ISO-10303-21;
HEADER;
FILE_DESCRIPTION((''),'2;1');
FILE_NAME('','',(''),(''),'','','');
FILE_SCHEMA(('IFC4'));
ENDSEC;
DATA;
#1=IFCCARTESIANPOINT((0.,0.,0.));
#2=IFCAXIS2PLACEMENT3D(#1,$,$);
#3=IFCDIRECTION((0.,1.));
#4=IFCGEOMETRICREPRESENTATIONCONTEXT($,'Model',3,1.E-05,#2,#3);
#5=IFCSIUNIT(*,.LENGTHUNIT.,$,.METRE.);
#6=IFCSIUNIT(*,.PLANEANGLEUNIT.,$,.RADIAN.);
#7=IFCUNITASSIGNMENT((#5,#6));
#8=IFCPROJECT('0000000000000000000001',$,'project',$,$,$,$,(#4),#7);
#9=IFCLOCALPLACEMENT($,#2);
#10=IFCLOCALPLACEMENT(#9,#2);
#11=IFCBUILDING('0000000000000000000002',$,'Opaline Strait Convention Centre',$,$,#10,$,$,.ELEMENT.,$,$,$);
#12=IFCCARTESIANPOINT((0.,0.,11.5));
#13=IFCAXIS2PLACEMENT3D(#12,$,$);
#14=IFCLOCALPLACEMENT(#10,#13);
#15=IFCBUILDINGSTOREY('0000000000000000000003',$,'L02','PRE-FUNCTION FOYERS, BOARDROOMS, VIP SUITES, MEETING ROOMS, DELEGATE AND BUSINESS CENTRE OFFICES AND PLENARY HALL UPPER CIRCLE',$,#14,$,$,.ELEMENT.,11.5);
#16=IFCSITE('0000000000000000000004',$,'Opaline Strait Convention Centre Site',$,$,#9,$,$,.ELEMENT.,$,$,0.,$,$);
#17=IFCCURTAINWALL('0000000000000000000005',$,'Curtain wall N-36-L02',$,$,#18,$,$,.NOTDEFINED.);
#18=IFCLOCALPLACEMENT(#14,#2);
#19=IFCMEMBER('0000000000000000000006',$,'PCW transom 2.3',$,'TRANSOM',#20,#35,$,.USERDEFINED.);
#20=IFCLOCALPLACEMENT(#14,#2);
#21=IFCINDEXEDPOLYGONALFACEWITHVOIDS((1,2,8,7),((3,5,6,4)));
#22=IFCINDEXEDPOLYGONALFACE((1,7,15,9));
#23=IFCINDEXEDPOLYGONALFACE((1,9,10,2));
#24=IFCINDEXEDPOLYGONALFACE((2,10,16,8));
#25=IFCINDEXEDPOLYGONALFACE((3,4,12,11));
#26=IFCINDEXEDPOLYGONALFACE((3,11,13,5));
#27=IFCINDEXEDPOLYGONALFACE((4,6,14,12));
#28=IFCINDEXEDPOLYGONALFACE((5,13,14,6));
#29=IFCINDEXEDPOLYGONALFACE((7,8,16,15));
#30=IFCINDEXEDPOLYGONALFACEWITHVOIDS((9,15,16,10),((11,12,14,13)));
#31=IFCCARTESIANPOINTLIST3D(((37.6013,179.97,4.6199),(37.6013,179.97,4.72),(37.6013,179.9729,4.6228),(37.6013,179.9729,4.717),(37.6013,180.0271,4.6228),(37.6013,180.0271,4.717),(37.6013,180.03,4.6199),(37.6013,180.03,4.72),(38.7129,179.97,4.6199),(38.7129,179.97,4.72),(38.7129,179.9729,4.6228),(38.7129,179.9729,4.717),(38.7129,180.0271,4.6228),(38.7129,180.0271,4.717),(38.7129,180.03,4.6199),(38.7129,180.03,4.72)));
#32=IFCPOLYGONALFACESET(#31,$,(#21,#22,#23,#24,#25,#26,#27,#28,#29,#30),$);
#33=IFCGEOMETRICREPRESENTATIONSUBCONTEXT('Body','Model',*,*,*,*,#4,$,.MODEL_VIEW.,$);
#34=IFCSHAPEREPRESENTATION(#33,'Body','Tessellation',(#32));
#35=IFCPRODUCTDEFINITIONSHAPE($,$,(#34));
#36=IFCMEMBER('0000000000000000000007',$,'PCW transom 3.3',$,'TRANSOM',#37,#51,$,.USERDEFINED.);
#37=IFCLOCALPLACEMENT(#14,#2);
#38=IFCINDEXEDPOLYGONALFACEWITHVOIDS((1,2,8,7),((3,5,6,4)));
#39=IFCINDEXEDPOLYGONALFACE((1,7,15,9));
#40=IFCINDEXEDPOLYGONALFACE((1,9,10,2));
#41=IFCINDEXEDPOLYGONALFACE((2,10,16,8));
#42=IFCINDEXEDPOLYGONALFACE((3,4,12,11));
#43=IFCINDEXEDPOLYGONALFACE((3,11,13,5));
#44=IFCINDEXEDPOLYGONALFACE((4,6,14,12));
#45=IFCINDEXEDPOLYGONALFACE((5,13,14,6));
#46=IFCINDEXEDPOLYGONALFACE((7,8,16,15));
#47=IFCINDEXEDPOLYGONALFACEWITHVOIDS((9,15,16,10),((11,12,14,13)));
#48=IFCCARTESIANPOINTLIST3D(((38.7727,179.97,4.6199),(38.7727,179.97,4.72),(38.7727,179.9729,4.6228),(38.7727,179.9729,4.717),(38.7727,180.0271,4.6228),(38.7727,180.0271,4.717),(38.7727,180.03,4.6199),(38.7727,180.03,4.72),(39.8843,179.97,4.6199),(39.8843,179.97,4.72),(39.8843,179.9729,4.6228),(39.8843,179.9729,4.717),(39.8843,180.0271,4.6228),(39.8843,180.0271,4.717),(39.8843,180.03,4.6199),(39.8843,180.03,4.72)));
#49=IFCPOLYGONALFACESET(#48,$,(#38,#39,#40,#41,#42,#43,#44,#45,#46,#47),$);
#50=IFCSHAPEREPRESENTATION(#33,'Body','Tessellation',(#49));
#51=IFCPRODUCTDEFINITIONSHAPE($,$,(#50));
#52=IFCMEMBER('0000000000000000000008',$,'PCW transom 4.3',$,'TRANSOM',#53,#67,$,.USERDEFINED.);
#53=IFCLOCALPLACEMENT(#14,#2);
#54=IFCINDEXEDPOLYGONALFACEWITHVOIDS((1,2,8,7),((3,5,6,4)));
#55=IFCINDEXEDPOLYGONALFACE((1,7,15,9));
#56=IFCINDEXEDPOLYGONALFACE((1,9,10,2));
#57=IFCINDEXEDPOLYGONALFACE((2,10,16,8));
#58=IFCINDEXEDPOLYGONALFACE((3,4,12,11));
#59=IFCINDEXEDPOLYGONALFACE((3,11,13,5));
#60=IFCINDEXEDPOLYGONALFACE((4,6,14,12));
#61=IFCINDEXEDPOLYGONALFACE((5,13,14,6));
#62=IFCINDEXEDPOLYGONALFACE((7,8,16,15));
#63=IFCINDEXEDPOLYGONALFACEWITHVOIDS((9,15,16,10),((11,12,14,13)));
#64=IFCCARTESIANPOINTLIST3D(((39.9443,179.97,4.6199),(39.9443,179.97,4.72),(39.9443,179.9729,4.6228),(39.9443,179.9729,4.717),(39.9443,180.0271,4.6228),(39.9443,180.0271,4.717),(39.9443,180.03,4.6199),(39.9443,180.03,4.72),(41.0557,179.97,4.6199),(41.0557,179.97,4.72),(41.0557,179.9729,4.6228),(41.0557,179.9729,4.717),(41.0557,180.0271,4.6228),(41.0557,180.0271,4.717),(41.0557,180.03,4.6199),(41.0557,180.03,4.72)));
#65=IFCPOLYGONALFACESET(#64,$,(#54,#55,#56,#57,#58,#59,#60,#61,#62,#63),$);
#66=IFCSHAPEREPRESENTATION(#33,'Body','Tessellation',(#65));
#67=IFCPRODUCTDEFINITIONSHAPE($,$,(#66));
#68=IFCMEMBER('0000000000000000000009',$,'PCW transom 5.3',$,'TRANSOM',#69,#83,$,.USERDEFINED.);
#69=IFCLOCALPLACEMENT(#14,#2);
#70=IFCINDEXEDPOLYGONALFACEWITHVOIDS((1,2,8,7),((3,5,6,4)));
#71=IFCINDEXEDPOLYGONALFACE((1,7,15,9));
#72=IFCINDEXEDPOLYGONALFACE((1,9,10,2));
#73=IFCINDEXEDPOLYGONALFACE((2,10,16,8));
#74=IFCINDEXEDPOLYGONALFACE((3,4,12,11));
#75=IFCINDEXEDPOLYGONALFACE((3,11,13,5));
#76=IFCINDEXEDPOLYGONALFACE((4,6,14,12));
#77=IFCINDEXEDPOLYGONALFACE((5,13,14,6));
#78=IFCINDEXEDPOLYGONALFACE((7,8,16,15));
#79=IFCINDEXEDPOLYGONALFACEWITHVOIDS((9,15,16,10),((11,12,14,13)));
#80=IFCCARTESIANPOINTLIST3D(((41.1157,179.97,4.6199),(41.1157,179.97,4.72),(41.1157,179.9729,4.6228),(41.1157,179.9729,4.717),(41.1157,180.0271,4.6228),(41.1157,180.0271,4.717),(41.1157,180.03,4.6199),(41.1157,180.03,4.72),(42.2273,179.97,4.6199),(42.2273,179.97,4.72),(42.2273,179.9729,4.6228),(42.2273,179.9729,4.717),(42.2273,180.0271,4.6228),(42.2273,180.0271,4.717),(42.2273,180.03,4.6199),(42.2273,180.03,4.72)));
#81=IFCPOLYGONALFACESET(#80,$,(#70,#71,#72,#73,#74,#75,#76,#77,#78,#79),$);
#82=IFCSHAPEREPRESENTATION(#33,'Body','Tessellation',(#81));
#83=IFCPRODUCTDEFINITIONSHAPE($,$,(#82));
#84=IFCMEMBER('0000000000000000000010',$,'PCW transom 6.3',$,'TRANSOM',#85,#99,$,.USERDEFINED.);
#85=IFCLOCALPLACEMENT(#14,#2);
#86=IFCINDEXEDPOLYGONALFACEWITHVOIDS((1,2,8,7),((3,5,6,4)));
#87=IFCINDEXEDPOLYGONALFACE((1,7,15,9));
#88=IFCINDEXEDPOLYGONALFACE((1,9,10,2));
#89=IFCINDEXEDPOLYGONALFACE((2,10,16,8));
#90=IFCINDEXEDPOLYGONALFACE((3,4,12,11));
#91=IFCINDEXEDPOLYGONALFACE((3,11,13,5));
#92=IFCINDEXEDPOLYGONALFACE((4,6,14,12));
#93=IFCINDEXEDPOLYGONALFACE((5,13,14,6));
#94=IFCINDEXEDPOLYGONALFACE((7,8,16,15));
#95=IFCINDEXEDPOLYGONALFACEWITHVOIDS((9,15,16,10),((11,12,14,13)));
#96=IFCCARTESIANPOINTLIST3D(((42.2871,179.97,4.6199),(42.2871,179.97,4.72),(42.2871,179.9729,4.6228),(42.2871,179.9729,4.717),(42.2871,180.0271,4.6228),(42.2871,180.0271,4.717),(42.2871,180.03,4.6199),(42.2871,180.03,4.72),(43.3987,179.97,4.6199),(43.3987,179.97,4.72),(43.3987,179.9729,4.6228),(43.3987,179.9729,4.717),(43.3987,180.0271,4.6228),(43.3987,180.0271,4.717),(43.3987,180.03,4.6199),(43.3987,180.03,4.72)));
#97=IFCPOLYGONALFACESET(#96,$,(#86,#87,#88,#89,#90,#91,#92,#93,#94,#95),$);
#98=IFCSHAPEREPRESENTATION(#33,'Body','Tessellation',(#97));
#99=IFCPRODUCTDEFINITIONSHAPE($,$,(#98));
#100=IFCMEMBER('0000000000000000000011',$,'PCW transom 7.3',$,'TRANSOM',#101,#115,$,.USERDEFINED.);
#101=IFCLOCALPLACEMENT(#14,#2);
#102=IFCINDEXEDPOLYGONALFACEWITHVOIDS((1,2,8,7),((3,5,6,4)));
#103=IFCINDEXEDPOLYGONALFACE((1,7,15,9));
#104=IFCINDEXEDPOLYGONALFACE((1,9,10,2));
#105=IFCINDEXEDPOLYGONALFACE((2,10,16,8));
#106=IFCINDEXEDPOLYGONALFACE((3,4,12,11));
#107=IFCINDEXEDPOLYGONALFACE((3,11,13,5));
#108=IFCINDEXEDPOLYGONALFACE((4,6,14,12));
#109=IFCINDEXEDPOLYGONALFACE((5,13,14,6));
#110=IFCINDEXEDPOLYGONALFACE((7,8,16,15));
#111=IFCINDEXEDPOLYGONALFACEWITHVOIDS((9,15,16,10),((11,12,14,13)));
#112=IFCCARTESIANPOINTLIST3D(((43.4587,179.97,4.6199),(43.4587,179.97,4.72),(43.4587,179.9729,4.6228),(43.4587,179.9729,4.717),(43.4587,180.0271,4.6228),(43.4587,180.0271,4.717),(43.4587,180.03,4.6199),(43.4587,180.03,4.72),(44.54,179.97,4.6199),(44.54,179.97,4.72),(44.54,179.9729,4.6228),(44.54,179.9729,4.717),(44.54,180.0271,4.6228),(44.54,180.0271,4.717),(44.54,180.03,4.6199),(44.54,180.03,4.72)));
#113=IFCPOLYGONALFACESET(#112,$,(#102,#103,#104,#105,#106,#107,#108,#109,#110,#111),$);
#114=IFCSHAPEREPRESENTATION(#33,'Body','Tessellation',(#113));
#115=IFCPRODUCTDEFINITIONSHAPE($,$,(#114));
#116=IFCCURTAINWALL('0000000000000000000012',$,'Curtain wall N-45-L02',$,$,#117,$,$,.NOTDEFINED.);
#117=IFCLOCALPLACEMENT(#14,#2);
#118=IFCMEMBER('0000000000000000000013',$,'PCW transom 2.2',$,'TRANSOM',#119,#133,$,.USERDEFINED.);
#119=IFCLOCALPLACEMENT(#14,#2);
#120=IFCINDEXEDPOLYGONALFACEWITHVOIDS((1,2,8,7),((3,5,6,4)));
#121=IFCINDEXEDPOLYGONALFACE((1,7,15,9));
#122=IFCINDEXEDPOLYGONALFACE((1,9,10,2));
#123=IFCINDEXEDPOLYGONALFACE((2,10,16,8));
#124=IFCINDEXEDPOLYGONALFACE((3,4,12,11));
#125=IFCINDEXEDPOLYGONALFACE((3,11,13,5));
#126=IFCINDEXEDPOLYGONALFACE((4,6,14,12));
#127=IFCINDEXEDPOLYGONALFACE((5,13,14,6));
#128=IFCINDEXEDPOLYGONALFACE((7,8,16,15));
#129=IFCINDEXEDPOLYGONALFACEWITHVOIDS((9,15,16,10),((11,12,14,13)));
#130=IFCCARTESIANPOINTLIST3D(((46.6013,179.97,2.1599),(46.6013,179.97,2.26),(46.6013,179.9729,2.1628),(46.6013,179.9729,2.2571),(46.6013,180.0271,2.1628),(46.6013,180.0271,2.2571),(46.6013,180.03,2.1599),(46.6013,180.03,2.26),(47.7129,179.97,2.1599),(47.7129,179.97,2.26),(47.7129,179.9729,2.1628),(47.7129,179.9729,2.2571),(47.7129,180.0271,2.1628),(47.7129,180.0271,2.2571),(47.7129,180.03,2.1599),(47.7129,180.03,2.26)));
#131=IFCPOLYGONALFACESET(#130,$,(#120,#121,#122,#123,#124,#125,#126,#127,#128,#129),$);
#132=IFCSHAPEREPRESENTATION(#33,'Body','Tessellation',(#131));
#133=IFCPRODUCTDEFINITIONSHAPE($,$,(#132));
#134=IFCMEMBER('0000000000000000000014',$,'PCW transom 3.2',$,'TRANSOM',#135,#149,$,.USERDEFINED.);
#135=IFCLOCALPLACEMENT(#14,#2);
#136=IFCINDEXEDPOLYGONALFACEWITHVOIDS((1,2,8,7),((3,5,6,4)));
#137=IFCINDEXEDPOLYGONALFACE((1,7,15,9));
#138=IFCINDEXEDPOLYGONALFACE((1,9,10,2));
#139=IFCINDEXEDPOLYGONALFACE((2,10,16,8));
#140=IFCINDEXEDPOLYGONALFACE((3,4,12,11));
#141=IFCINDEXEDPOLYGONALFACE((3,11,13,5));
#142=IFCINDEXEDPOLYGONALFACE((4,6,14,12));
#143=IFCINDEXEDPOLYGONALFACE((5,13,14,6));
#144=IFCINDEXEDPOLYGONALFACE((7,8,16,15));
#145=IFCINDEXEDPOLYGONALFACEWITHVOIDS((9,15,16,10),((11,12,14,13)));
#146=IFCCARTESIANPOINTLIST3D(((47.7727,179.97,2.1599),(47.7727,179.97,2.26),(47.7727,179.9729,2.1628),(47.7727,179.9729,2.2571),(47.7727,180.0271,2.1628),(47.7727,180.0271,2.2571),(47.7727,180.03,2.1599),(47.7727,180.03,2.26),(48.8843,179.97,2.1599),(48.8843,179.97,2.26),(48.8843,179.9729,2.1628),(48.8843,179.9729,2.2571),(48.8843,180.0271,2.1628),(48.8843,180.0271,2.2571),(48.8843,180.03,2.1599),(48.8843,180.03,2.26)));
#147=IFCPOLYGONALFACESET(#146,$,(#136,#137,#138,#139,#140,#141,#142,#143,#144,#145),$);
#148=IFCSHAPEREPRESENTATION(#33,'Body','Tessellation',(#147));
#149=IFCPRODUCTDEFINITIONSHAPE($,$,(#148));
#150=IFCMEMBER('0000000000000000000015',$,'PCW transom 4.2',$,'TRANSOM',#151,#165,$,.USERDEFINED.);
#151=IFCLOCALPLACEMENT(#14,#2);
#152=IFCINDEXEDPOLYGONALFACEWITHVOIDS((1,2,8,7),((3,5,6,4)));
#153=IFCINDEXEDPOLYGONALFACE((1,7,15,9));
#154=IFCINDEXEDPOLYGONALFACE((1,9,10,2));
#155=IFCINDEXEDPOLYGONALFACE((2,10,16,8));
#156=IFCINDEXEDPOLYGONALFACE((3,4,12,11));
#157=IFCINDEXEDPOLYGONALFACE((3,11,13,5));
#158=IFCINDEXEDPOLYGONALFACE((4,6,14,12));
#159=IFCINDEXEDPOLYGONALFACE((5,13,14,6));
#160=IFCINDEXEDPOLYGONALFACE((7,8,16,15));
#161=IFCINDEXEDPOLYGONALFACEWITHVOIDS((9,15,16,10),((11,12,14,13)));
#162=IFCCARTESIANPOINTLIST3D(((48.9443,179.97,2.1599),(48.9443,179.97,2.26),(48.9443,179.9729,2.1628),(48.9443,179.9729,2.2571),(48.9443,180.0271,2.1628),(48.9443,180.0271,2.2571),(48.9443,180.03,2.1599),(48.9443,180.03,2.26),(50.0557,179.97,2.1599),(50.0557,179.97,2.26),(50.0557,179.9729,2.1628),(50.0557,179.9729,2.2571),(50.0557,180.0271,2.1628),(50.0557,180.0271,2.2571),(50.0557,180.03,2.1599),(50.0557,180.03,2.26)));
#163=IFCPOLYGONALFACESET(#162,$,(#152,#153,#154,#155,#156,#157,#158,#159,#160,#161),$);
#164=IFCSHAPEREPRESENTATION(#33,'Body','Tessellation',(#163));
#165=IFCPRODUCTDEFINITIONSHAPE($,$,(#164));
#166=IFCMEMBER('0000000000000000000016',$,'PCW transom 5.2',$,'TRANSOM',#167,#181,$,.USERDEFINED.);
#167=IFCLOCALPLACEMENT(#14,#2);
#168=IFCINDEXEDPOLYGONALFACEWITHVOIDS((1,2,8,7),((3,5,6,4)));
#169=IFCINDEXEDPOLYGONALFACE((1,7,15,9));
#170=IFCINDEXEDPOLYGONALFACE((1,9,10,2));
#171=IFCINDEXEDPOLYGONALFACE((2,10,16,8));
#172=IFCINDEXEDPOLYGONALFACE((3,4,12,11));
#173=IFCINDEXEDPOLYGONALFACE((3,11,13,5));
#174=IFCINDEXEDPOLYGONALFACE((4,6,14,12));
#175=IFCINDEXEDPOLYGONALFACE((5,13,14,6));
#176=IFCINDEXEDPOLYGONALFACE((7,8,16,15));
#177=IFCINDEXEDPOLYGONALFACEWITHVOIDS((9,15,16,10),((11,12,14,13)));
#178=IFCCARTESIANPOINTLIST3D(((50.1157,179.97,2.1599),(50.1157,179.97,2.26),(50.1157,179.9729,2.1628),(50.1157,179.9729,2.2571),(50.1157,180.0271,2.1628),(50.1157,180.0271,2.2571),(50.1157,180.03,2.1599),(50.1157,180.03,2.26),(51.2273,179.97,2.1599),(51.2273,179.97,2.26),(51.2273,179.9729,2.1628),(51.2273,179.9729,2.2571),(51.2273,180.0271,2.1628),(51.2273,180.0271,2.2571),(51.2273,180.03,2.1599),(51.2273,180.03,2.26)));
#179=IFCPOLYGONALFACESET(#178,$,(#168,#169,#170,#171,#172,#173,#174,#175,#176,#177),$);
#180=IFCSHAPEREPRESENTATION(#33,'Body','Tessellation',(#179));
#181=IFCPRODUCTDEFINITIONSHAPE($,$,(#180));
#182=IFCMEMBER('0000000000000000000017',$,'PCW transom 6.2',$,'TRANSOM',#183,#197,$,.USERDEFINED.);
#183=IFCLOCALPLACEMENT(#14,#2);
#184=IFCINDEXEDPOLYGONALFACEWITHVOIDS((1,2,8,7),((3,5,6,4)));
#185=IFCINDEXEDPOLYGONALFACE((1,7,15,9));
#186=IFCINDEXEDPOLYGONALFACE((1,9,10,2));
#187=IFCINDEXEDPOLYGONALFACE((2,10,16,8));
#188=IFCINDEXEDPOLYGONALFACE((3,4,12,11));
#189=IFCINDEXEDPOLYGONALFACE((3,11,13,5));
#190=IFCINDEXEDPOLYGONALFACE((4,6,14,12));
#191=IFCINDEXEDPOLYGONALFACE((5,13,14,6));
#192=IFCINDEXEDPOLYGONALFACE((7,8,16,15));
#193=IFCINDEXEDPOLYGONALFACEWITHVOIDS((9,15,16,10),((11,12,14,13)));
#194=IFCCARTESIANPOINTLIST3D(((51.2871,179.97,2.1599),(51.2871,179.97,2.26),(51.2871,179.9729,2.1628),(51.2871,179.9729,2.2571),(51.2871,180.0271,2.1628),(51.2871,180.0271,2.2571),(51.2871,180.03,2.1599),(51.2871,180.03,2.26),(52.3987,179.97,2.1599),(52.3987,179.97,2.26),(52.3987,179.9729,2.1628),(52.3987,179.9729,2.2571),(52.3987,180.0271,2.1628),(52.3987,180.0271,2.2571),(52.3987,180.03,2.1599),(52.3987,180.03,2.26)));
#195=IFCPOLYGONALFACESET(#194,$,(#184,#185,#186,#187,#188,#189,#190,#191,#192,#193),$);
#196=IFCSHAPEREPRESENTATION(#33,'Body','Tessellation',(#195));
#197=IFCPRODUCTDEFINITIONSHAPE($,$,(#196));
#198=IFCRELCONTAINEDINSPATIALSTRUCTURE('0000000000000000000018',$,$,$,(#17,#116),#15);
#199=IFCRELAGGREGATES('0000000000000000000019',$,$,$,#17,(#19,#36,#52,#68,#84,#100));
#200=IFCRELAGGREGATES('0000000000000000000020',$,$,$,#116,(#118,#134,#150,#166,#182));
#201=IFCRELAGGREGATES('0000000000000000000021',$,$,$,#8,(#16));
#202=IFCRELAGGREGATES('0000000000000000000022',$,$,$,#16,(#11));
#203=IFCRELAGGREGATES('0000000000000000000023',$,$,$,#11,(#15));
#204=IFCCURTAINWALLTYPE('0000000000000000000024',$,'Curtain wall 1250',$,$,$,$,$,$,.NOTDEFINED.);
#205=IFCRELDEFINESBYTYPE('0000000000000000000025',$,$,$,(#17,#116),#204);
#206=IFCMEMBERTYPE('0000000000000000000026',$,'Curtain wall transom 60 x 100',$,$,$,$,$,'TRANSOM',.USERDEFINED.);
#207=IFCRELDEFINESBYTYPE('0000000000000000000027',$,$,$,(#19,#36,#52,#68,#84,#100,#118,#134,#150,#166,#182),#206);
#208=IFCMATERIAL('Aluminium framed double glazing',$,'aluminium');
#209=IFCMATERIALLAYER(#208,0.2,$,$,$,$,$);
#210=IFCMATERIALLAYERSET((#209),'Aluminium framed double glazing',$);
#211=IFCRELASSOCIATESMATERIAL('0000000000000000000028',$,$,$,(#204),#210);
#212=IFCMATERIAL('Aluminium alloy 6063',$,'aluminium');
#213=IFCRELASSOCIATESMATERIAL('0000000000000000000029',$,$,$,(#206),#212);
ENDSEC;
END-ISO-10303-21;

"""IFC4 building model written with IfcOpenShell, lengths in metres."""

from ifc_helpers import new_model, si_unit, direction, frame, origin, origin_2d, place, context, subcontext, project, spatial, hollow_rectangle, extrude, material, layer, layer_set, material_profile, profile_set, type_object, element, aggregate, save


model = new_model("IFC4")

# Units and contexts
model_context = context("Model", 3, precision=1e-05, world=origin(), true_north=direction((0.0, 1.0)))
body_context = subcontext(model_context, "Body", "Model", "MODEL_VIEW")
ifc_project = project(units=[si_unit("LENGTHUNIT", "METRE"), si_unit("PLANEANGLEUNIT", "RADIAN")], contexts=[model_context])

# Site, building, storey
site_placement = place(None, origin())
site = spatial("IfcSite", under=ifc_project, at=site_placement, Name="Opaline Strait Convention Centre Site", CompositionType="ELEMENT", RefElevation=0.0)
building_placement = place(site_placement, origin())
building = spatial("IfcBuilding", under=site, at=building_placement, Name="Opaline Strait Convention Centre", CompositionType="ELEMENT")
storey_placement = place(building_placement, frame((0.0, 0.0, 11.5)))
storey = spatial("IfcBuildingStorey", under=building, at=storey_placement, Name="L02", Description="PRE-FUNCTION FOYERS, BOARDROOMS, VIP SUITES, MEETING ROOMS, DELEGATE AND BUSINESS CENTRE OFFICES AND PLENARY HALL UPPER CIRCLE", CompositionType="ELEMENT", Elevation=11.5)

# Curtain walls, members
ifc_material_1 = material(Name="Aluminium framed double glazing", Category="aluminium")
ifc_layer_1 = layer(ifc_material_1, 0.2)
ifc_layer_set_1 = layer_set([ifc_layer_1], Name="Aluminium framed double glazing")
curtain_wall_type = type_object("IfcCurtainWallType", Name="Curtain wall 1250", PredefinedType="NOTDEFINED", material=ifc_layer_set_1)
curtain_wall_1_placement = place(storey_placement, origin())
curtain_wall_1 = element("IfcCurtainWall", 1, at=curtain_wall_1_placement, inside=storey, type_object=curtain_wall_type, Name="Curtain wall N-36-L02", PredefinedType="NOTDEFINED")
ifc_material_2 = material(Name="Aluminium alloy 6063", Category="aluminium")
ifc_material_profile = material_profile(ifc_material_2, hollow_rectangle(XDim=0.0601, YDim=0.1001, WallThickness=0.0029, at=origin_2d()), Name="TRANSOM 60x100x3")
ifc_profile_set = profile_set([ifc_material_profile], Name="Aluminium alloy 6063")
member_type = type_object("IfcMemberType", Name="Curtain wall transom 60 x 100", ElementType="TRANSOM", PredefinedType="USERDEFINED", material=ifc_profile_set)
member_1_placement = place(storey_placement, frame((37.6013, 180.0, 4.6699), z_axis=(1.0, 0.0, 0.0), x_axis=(0.0, 1.0, 0.0)))
member_1 = element("IfcMember", 2, at=member_1_placement, type_object=member_type, Name="PCW transom 2.3", ObjectType="TRANSOM", PredefinedType="USERDEFINED", context=body_context, shape_type="SweptSolid", body=[
    extrude(hollow_rectangle(XDim=0.0601, YDim=0.1001, WallThickness=0.0029, at=origin_2d()), origin(), (0.0, 0.0, 1.0), 1.1116),
])
member_2_placement = place(storey_placement, frame((38.7727, 180.0, 4.6699), z_axis=(1.0, 0.0, 0.0), x_axis=(0.0, 1.0, 0.0)))
member_2 = element("IfcMember", 3, at=member_2_placement, type_object=member_type, Name="PCW transom 3.3", ObjectType="TRANSOM", PredefinedType="USERDEFINED", context=body_context, shape_type="SweptSolid", body=[
    extrude(hollow_rectangle(XDim=0.0601, YDim=0.1001, WallThickness=0.0029, at=origin_2d()), origin(), (0.0, 0.0, 1.0), 1.1116),
])
member_3_placement = place(storey_placement, frame((39.9443, 180.0, 4.6699), z_axis=(1.0, 0.0, 0.0), x_axis=(0.0, 1.0, 0.0)))
member_3 = element("IfcMember", 4, at=member_3_placement, type_object=member_type, Name="PCW transom 4.3", ObjectType="TRANSOM", PredefinedType="USERDEFINED", context=body_context, shape_type="SweptSolid", body=[
    extrude(hollow_rectangle(XDim=0.0601, YDim=0.1001, WallThickness=0.0029, at=origin_2d()), origin(), (0.0, 0.0, 1.0), 1.1113),
])
member_4_placement = place(storey_placement, frame((41.1157, 180.0, 4.6699), z_axis=(1.0, 0.0, 0.0), x_axis=(0.0, 1.0, 0.0)))
member_4 = element("IfcMember", 5, at=member_4_placement, type_object=member_type, Name="PCW transom 5.3", ObjectType="TRANSOM", PredefinedType="USERDEFINED", context=body_context, shape_type="SweptSolid", body=[
    extrude(hollow_rectangle(XDim=0.0601, YDim=0.1001, WallThickness=0.0029, at=origin_2d()), origin(), (0.0, 0.0, 1.0), 1.1116),
])
member_5_placement = place(storey_placement, frame((42.2871, 180.0, 4.6699), z_axis=(1.0, 0.0, 0.0), x_axis=(0.0, 1.0, 0.0)))
member_5 = element("IfcMember", 6, at=member_5_placement, type_object=member_type, Name="PCW transom 6.3", ObjectType="TRANSOM", PredefinedType="USERDEFINED", context=body_context, shape_type="SweptSolid", body=[
    extrude(hollow_rectangle(XDim=0.0601, YDim=0.1001, WallThickness=0.0029, at=origin_2d()), origin(), (0.0, 0.0, 1.0), 1.1116),
])
member_6_placement = place(storey_placement, frame((43.4587, 180.0, 4.6699), z_axis=(1.0, 0.0, 0.0), x_axis=(0.0, 1.0, 0.0)))
member_6 = element("IfcMember", 7, at=member_6_placement, type_object=member_type, Name="PCW transom 7.3", ObjectType="TRANSOM", PredefinedType="USERDEFINED", context=body_context, shape_type="SweptSolid", body=[
    extrude(hollow_rectangle(XDim=0.0601, YDim=0.1001, WallThickness=0.0029, at=origin_2d()), origin(), (0.0, 0.0, 1.0), 1.0813),
])
curtain_wall_2_placement = place(storey_placement, origin())
curtain_wall_2 = element("IfcCurtainWall", 8, at=curtain_wall_2_placement, inside=storey, type_object=curtain_wall_type, Name="Curtain wall N-45-L02", PredefinedType="NOTDEFINED")
member_7_placement = place(storey_placement, frame((46.6013, 180.0, 2.21), z_axis=(1.0, 0.0, 0.0), x_axis=(0.0, 1.0, 0.0)))
member_7 = element("IfcMember", 9, at=member_7_placement, type_object=member_type, Name="PCW transom 2.2", ObjectType="TRANSOM", PredefinedType="USERDEFINED", context=body_context, shape_type="SweptSolid", body=[
    extrude(hollow_rectangle(XDim=0.0601, YDim=0.1001, WallThickness=0.0029, at=origin_2d()), origin(), (0.0, 0.0, 1.0), 1.1116),
])
member_8_placement = place(storey_placement, frame((47.7727, 180.0, 2.21), z_axis=(1.0, 0.0, 0.0), x_axis=(0.0, 1.0, 0.0)))
member_8 = element("IfcMember", 10, at=member_8_placement, type_object=member_type, Name="PCW transom 3.2", ObjectType="TRANSOM", PredefinedType="USERDEFINED", context=body_context, shape_type="SweptSolid", body=[
    extrude(hollow_rectangle(XDim=0.0601, YDim=0.1001, WallThickness=0.0029, at=origin_2d()), origin(), (0.0, 0.0, 1.0), 1.1116),
])
member_9_placement = place(storey_placement, frame((48.9443, 180.0, 2.21), z_axis=(1.0, 0.0, 0.0), x_axis=(0.0, 1.0, 0.0)))
member_9 = element("IfcMember", 11, at=member_9_placement, type_object=member_type, Name="PCW transom 4.2", ObjectType="TRANSOM", PredefinedType="USERDEFINED", context=body_context, shape_type="SweptSolid", body=[
    extrude(hollow_rectangle(XDim=0.0601, YDim=0.1001, WallThickness=0.0029, at=origin_2d()), origin(), (0.0, 0.0, 1.0), 1.1113),
])
member_10_placement = place(storey_placement, frame((50.1157, 180.0, 2.21), z_axis=(1.0, 0.0, 0.0), x_axis=(0.0, 1.0, 0.0)))
member_10 = element("IfcMember", 12, at=member_10_placement, type_object=member_type, Name="PCW transom 5.2", ObjectType="TRANSOM", PredefinedType="USERDEFINED", context=body_context, shape_type="SweptSolid", body=[
    extrude(hollow_rectangle(XDim=0.0601, YDim=0.1001, WallThickness=0.0029, at=origin_2d()), origin(), (0.0, 0.0, 1.0), 1.1116),
])
member_11_placement = place(storey_placement, frame((51.2871, 180.0, 2.21), z_axis=(1.0, 0.0, 0.0), x_axis=(0.0, 1.0, 0.0)))
member_11 = element("IfcMember", 13, at=member_11_placement, type_object=member_type, Name="PCW transom 6.2", ObjectType="TRANSOM", PredefinedType="USERDEFINED", context=body_context, shape_type="SweptSolid", body=[
    extrude(hollow_rectangle(XDim=0.0601, YDim=0.1001, WallThickness=0.0029, at=origin_2d()), origin(), (0.0, 0.0, 1.0), 1.1116),
])

aggregate(curtain_wall_1, [member_1, member_2, member_3, member_4, member_5, member_6])
aggregate(curtain_wall_2, [member_7, member_8, member_9, member_10, member_11])

save(model, "model.ifc")
